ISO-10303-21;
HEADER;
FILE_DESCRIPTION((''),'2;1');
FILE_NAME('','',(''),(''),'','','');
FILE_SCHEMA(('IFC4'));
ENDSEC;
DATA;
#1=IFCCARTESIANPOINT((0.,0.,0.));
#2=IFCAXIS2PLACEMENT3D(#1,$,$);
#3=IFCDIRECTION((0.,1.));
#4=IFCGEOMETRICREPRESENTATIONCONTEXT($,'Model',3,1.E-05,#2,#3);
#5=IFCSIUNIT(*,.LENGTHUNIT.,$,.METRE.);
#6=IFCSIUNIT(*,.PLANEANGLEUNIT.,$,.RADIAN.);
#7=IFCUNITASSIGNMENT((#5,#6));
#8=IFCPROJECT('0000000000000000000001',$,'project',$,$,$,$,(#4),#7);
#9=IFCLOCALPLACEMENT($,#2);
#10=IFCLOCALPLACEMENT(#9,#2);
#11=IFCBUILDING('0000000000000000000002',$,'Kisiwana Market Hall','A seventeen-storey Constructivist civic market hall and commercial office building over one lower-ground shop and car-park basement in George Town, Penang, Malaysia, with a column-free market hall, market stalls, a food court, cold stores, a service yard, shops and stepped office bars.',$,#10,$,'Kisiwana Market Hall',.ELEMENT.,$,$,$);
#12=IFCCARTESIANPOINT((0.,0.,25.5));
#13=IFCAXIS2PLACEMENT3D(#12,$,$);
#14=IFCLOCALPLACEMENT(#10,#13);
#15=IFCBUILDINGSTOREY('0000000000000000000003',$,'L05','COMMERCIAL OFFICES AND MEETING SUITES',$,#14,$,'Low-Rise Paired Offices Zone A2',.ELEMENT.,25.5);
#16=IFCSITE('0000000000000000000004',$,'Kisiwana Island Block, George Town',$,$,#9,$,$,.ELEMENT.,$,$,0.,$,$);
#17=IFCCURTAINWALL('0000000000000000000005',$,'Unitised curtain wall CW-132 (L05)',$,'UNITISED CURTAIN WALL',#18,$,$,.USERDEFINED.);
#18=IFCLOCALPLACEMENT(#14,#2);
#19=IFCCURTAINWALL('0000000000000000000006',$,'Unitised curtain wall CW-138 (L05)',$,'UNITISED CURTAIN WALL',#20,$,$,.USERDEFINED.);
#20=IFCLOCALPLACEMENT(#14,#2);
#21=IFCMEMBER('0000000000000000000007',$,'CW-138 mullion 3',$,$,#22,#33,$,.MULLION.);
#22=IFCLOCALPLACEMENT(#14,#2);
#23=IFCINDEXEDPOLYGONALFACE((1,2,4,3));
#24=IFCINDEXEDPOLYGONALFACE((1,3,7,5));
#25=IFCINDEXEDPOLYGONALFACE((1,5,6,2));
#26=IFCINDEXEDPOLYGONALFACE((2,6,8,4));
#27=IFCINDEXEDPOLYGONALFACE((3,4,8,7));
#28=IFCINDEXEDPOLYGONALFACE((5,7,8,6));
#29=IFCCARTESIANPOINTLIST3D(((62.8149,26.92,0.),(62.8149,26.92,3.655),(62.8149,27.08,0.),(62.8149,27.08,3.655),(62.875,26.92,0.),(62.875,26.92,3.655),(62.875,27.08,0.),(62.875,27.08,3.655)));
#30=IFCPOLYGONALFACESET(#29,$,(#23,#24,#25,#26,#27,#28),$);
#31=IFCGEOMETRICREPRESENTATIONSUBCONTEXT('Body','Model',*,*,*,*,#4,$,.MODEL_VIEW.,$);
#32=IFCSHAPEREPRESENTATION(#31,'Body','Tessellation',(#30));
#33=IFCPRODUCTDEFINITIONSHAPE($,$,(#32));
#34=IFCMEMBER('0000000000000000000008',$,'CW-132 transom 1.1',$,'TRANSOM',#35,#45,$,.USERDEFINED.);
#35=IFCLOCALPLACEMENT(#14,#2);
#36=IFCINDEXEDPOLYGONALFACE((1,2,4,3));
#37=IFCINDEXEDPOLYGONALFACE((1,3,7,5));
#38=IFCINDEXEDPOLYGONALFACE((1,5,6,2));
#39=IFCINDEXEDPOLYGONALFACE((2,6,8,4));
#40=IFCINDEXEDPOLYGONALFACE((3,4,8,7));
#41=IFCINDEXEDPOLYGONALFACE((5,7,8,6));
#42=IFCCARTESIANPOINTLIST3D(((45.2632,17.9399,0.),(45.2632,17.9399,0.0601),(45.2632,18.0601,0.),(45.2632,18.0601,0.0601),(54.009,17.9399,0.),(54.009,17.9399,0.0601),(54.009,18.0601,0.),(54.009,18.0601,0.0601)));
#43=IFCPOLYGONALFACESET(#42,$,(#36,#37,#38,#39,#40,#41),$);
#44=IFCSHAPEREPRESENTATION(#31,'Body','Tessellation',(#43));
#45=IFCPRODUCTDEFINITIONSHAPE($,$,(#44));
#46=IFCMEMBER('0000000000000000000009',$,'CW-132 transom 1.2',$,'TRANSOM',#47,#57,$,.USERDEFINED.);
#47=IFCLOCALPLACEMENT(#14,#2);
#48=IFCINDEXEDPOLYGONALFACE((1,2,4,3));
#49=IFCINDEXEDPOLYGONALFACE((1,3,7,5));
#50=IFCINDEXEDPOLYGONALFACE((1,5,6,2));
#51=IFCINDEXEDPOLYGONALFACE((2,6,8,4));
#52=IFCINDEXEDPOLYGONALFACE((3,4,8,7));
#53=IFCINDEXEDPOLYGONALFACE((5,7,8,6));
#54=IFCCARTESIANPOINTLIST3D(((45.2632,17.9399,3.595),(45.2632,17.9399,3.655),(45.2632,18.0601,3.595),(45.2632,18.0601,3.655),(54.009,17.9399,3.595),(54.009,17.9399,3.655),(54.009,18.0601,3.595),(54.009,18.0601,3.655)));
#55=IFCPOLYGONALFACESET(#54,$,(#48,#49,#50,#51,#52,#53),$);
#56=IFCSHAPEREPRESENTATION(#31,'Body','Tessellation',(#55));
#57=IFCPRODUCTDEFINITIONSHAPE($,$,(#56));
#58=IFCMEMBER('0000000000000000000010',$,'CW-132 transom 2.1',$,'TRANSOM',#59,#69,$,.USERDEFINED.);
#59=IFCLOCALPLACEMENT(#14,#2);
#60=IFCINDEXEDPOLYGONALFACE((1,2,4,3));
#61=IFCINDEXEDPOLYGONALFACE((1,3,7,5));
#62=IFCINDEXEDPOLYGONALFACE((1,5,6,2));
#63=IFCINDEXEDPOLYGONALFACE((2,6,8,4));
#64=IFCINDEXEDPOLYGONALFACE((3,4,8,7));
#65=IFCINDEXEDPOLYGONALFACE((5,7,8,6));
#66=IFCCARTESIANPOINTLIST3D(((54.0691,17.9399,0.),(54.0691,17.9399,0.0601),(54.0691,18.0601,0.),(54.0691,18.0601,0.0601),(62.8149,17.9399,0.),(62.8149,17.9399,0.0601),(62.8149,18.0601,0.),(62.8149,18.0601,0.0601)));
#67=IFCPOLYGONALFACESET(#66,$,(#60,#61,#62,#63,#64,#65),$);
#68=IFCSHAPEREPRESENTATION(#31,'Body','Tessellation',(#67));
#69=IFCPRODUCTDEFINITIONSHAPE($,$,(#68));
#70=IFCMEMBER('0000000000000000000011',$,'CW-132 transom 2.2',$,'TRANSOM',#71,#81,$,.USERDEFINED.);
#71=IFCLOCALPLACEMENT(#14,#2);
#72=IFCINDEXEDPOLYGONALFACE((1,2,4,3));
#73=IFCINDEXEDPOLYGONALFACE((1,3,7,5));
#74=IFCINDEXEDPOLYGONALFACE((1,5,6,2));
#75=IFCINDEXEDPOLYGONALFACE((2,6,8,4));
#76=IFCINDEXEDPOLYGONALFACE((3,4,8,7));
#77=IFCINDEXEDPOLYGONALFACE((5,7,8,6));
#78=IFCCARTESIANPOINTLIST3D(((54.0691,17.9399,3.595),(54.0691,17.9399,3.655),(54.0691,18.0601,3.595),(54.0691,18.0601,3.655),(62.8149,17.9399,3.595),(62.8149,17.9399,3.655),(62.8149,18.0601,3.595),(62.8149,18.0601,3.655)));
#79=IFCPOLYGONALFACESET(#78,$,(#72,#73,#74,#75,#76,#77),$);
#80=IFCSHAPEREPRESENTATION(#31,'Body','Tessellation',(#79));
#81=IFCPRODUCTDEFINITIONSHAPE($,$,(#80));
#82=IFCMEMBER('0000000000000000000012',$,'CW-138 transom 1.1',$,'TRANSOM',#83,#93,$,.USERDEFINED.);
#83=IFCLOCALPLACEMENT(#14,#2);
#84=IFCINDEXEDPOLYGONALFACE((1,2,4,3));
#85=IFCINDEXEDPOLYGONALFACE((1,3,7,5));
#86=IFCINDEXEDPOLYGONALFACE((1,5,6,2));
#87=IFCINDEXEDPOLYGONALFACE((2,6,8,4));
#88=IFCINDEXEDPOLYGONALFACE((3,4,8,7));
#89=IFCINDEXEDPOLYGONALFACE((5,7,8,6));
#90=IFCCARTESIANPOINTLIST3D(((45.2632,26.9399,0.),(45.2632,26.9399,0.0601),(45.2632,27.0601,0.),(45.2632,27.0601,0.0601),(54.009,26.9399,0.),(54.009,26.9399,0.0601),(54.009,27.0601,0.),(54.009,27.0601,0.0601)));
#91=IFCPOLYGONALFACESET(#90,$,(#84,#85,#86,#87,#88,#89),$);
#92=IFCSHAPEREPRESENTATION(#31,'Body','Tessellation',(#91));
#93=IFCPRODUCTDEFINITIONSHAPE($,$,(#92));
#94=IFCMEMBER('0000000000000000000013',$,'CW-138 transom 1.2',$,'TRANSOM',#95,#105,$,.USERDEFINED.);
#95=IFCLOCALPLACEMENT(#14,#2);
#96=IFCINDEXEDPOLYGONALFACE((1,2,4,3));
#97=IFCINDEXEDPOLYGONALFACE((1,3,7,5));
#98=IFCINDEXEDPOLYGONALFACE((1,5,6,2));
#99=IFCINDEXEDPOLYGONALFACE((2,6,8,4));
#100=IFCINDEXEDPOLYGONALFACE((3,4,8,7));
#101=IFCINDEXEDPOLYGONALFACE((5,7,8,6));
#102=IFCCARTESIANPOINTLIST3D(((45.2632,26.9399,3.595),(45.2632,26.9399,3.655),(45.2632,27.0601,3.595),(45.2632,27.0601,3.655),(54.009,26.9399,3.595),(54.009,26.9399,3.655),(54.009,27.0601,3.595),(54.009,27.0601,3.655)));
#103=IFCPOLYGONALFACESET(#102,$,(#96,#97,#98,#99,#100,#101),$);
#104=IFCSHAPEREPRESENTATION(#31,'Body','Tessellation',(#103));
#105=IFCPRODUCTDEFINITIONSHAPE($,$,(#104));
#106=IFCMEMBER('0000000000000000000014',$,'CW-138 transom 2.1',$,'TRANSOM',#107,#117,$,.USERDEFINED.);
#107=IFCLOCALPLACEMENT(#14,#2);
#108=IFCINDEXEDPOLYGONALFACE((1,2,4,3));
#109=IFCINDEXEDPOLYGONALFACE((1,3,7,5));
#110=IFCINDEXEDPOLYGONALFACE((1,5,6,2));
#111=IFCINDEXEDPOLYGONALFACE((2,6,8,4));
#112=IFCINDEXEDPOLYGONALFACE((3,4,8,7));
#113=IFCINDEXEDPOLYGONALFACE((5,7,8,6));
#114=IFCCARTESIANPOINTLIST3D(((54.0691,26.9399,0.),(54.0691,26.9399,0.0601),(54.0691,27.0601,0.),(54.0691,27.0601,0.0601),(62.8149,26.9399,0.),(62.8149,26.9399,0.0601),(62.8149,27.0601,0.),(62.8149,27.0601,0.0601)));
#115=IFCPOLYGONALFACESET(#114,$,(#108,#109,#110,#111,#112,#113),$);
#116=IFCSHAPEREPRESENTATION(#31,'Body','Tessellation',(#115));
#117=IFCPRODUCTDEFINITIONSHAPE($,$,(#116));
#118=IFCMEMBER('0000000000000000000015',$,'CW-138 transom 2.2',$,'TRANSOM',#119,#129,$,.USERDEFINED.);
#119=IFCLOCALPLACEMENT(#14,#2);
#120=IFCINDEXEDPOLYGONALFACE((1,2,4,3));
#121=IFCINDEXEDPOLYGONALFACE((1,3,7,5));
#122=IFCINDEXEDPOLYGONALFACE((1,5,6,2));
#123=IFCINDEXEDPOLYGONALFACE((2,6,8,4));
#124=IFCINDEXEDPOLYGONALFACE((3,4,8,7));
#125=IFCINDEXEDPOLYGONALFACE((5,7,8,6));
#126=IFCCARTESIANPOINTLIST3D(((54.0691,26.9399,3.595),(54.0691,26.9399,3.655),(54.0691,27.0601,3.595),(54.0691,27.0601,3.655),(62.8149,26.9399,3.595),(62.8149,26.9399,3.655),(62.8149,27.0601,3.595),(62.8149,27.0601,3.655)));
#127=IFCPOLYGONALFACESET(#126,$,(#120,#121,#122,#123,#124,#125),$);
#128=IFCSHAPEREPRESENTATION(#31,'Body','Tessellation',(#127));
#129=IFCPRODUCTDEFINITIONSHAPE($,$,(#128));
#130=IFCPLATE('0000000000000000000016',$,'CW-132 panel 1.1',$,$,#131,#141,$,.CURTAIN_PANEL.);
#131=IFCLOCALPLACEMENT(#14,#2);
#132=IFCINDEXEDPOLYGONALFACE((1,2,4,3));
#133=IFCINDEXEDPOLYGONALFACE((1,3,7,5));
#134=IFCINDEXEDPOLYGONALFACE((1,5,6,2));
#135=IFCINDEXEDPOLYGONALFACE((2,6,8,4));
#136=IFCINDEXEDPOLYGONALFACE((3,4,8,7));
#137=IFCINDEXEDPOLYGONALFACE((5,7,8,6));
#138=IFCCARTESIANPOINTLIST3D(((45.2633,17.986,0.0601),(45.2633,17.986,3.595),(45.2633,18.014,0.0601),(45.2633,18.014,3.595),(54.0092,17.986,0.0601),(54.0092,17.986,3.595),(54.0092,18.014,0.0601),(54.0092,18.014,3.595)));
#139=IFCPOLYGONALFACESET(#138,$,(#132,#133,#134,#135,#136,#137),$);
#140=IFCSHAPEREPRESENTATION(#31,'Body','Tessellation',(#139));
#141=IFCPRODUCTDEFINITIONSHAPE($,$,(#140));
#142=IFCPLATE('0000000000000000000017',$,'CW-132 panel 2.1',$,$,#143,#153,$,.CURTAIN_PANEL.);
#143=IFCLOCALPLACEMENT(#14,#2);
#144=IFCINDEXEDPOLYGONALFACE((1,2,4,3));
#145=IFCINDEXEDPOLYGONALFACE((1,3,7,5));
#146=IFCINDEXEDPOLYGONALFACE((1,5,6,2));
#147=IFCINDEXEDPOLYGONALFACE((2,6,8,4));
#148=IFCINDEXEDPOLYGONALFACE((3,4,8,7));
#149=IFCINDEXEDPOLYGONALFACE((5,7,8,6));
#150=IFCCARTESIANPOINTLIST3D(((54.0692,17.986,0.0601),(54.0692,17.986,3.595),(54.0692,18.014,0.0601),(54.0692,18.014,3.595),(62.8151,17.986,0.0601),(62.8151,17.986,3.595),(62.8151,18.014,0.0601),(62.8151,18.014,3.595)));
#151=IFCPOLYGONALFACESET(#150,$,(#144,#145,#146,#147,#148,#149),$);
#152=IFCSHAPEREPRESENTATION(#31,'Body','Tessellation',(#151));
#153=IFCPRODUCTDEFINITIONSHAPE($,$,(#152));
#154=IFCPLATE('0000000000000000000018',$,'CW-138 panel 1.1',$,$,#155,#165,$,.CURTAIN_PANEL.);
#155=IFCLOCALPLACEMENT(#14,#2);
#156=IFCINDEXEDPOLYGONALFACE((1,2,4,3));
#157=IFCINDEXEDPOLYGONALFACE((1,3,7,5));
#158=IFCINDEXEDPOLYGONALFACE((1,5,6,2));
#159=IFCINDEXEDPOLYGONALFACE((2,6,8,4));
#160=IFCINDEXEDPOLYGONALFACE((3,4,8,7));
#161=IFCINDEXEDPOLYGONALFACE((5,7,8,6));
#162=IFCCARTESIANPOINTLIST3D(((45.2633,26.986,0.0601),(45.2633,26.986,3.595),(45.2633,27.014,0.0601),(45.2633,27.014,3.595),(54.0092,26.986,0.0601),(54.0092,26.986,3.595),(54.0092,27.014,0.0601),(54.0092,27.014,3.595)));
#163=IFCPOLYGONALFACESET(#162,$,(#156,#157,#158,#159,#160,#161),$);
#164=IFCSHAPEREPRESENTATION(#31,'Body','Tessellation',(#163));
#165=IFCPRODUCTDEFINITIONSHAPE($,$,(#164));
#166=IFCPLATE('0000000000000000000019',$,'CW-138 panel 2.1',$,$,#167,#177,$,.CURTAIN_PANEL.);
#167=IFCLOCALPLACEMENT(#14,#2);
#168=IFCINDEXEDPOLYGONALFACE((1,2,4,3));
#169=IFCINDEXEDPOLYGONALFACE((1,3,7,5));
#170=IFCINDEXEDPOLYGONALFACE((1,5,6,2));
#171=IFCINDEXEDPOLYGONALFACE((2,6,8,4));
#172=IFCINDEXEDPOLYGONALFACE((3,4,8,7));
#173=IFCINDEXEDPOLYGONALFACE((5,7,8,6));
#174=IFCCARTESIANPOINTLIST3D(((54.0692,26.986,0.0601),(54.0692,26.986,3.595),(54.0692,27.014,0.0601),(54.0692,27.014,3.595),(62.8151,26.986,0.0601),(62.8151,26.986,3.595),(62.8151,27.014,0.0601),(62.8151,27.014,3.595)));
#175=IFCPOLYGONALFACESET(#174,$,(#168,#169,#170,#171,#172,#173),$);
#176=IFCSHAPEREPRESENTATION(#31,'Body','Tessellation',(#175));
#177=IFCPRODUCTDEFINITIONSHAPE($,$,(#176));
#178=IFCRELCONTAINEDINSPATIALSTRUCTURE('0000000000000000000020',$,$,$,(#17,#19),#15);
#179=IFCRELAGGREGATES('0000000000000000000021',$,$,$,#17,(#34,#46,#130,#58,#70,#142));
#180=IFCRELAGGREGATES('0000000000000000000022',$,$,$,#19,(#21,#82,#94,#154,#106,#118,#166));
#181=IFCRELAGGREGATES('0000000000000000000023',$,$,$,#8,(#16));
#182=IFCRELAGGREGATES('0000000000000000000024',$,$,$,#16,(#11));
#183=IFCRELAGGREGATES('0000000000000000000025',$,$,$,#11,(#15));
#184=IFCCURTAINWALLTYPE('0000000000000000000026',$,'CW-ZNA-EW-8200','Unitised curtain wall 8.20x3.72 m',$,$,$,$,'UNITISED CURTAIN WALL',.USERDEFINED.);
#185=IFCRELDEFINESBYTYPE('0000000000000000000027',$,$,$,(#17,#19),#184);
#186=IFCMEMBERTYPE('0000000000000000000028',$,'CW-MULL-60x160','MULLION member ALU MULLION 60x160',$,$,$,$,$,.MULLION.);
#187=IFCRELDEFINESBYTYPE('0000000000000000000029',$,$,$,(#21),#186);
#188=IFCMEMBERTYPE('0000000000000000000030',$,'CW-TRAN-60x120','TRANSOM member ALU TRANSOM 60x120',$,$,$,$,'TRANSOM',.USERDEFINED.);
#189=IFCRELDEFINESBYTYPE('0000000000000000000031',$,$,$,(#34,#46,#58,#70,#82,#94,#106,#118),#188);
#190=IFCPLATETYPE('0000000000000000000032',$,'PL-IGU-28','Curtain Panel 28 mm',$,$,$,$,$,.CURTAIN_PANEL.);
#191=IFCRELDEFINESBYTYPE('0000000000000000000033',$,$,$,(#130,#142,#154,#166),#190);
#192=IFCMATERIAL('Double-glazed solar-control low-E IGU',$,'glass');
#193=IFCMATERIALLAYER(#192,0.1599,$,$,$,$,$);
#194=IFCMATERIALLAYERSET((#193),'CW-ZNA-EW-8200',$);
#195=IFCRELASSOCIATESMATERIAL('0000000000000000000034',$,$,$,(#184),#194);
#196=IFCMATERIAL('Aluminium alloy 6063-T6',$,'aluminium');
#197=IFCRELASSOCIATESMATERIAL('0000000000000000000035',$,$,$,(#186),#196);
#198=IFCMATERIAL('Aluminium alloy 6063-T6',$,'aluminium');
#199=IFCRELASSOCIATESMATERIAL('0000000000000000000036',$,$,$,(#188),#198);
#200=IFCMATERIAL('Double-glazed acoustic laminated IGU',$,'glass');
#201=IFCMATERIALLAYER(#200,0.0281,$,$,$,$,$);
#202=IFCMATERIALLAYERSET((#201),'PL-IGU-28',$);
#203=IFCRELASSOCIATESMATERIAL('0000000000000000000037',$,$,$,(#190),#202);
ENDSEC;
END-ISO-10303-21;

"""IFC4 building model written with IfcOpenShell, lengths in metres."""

from ifc_helpers import new_model, si_unit, direction, frame, origin, origin_2d, place, context, subcontext, project, spatial, rectangle, extrude, material, layer, layer_set, material_profile, profile_set, type_object, element, aggregate, save


model = new_model("IFC4")

# Units and contexts
model_context = context("Model", 3, precision=1e-05, world=origin(), true_north=direction((0.0, 1.0)))
body_context = subcontext(model_context, "Body", "Model", "MODEL_VIEW")
ifc_project = project(units=[si_unit("LENGTHUNIT", "METRE"), si_unit("PLANEANGLEUNIT", "RADIAN")], contexts=[model_context])

# Site, building, storey
site_placement = place(None, origin())
site = spatial("IfcSite", under=ifc_project, at=site_placement, Name="Kisiwana Island Block, George Town", CompositionType="ELEMENT", RefElevation=0.0)
building_placement = place(site_placement, origin())
building = spatial("IfcBuilding", under=site, at=building_placement, Name="Kisiwana Market Hall", Description="A seventeen-storey Constructivist civic market hall and commercial office building over one lower-ground shop and car-park basement in George Town, Penang, Malaysia, with a column-free market hall, market stalls, a food court, cold stores, a service yard, shops and stepped office bars.", LongName="Kisiwana Market Hall", CompositionType="ELEMENT")
storey_placement = place(building_placement, frame((0.0, 0.0, 25.5)))
storey = spatial("IfcBuildingStorey", under=building, at=storey_placement, Name="L05", Description="COMMERCIAL OFFICES AND MEETING SUITES", LongName="Low-Rise Paired Offices Zone A2", CompositionType="ELEMENT", Elevation=25.5)

# Curtain walls, member
ifc_material_1 = material(Name="Double-glazed solar-control low-E IGU", Category="glass")
ifc_layer_1 = layer(ifc_material_1, 0.1599)
ifc_layer_set_1 = layer_set([ifc_layer_1], Name="CW-ZNA-EW-8200")
curtain_wall_type = type_object("IfcCurtainWallType", Name="CW-ZNA-EW-8200", Description="Unitised curtain wall 8.20x3.72 m", ElementType="UNITISED CURTAIN WALL", PredefinedType="USERDEFINED", material=ifc_layer_set_1)
curtain_wall_1_placement = place(storey_placement, origin())
curtain_wall_1 = element("IfcCurtainWall", 1, at=curtain_wall_1_placement, inside=storey, type_object=curtain_wall_type, Name="Unitised curtain wall CW-132 (L05)", ObjectType="UNITISED CURTAIN WALL", PredefinedType="USERDEFINED")
ifc_material_2 = material(Name="Aluminium alloy 6063-T6", Category="aluminium")
ifc_material_profile_1 = material_profile(ifc_material_2, rectangle(XDim=0.0601, YDim=0.1599, at=origin_2d()), Name="ALU MULLION 60x160")
ifc_profile_set_1 = profile_set([ifc_material_profile_1], Name="Aluminium alloy 6063-T6")
member_type_1 = type_object("IfcMemberType", Name="CW-MULL-60x160", Description="MULLION member ALU MULLION 60x160", PredefinedType="MULLION", material=ifc_profile_set_1)
curtain_wall_2_placement = place(storey_placement, origin())
curtain_wall_2 = element("IfcCurtainWall", 2, at=curtain_wall_2_placement, inside=storey, type_object=curtain_wall_type, Name="Unitised curtain wall CW-138 (L05)", ObjectType="UNITISED CURTAIN WALL", PredefinedType="USERDEFINED")
member_1_placement = place(storey_placement, frame((62.845, 27.0, 0.0), z_axis=(0.0, 0.0, 1.0), x_axis=(1.0, 0.0, 0.0)))
member_1 = element("IfcMember", 3, at=member_1_placement, type_object=member_type_1, Name="CW-138 mullion 3", PredefinedType="MULLION", context=body_context, shape_type="SweptSolid", body=[
    extrude(rectangle(XDim=0.0601, YDim=0.1599, at=origin_2d()), origin(), (0.0, 0.0, 1.0), 3.655),
])

# Members
ifc_material_3 = material(Name="Aluminium alloy 6063-T6", Category="aluminium")
ifc_material_profile_2 = material_profile(ifc_material_3, rectangle(XDim=0.1201, YDim=0.0601, at=origin_2d()), Name="ALU TRANSOM 60x120")
ifc_profile_set_2 = profile_set([ifc_material_profile_2], Name="Aluminium alloy 6063-T6")
member_type_2 = type_object("IfcMemberType", Name="CW-TRAN-60x120", Description="TRANSOM member ALU TRANSOM 60x120", ElementType="TRANSOM", PredefinedType="USERDEFINED", material=ifc_profile_set_2)
member_2_placement = place(storey_placement, frame((45.2632, 18.0, 0.03), z_axis=(1.0, 0.0, 0.0), x_axis=(0.0, 1.0, 0.0)))
member_2 = element("IfcMember", 4, at=member_2_placement, type_object=member_type_2, Name="CW-132 transom 1.1", ObjectType="TRANSOM", PredefinedType="USERDEFINED", context=body_context, shape_type="SweptSolid", body=[
    extrude(rectangle(XDim=0.1201, YDim=0.0601, at=origin_2d()), origin(), (0.0, 0.0, 1.0), 8.7458),
])
member_3_placement = place(storey_placement, frame((45.2632, 18.0, 3.625), z_axis=(1.0, 0.0, 0.0), x_axis=(0.0, 1.0, 0.0)))
member_3 = element("IfcMember", 5, at=member_3_placement, type_object=member_type_2, Name="CW-132 transom 1.2", ObjectType="TRANSOM", PredefinedType="USERDEFINED", context=body_context, shape_type="SweptSolid", body=[
    extrude(rectangle(XDim=0.1201, YDim=0.0601, at=origin_2d()), origin(), (0.0, 0.0, 1.0), 8.7458),
])
member_4_placement = place(storey_placement, frame((54.0691, 18.0, 0.03), z_axis=(1.0, 0.0, 0.0), x_axis=(0.0, 1.0, 0.0)))
member_4 = element("IfcMember", 6, at=member_4_placement, type_object=member_type_2, Name="CW-132 transom 2.1", ObjectType="TRANSOM", PredefinedType="USERDEFINED", context=body_context, shape_type="SweptSolid", body=[
    extrude(rectangle(XDim=0.1201, YDim=0.0601, at=origin_2d()), origin(), (0.0, 0.0, 1.0), 8.7458),
])
member_5_placement = place(storey_placement, frame((54.0691, 18.0, 3.625), z_axis=(1.0, 0.0, 0.0), x_axis=(0.0, 1.0, 0.0)))
member_5 = element("IfcMember", 7, at=member_5_placement, type_object=member_type_2, Name="CW-132 transom 2.2", ObjectType="TRANSOM", PredefinedType="USERDEFINED", context=body_context, shape_type="SweptSolid", body=[
    extrude(rectangle(XDim=0.1201, YDim=0.0601, at=origin_2d()), origin(), (0.0, 0.0, 1.0), 8.7458),
])
member_6_placement = place(storey_placement, frame((45.2632, 27.0, 0.03), z_axis=(1.0, 0.0, 0.0), x_axis=(0.0, 1.0, 0.0)))
member_6 = element("IfcMember", 8, at=member_6_placement, type_object=member_type_2, Name="CW-138 transom 1.1", ObjectType="TRANSOM", PredefinedType="USERDEFINED", context=body_context, shape_type="SweptSolid", body=[
    extrude(rectangle(XDim=0.1201, YDim=0.0601, at=origin_2d()), origin(), (0.0, 0.0, 1.0), 8.7458),
])
member_7_placement = place(storey_placement, frame((45.2632, 27.0, 3.625), z_axis=(1.0, 0.0, 0.0), x_axis=(0.0, 1.0, 0.0)))
member_7 = element("IfcMember", 9, at=member_7_placement, type_object=member_type_2, Name="CW-138 transom 1.2", ObjectType="TRANSOM", PredefinedType="USERDEFINED", context=body_context, shape_type="SweptSolid", body=[
    extrude(rectangle(XDim=0.1201, YDim=0.0601, at=origin_2d()), origin(), (0.0, 0.0, 1.0), 8.7458),
])
member_8_placement = place(storey_placement, frame((54.0691, 27.0, 0.03), z_axis=(1.0, 0.0, 0.0), x_axis=(0.0, 1.0, 0.0)))
member_8 = element("IfcMember", 10, at=member_8_placement, type_object=member_type_2, Name="CW-138 transom 2.1", ObjectType="TRANSOM", PredefinedType="USERDEFINED", context=body_context, shape_type="SweptSolid", body=[
    extrude(rectangle(XDim=0.1201, YDim=0.0601, at=origin_2d()), origin(), (0.0, 0.0, 1.0), 8.7458),
])
member_9_placement = place(storey_placement, frame((54.0691, 27.0, 3.625), z_axis=(1.0, 0.0, 0.0), x_axis=(0.0, 1.0, 0.0)))
member_9 = element("IfcMember", 11, at=member_9_placement, type_object=member_type_2, Name="CW-138 transom 2.2", ObjectType="TRANSOM", PredefinedType="USERDEFINED", context=body_context, shape_type="SweptSolid", body=[
    extrude(rectangle(XDim=0.1201, YDim=0.0601, at=origin_2d()), origin(), (0.0, 0.0, 1.0), 8.7458),
])

# Plates
ifc_material_4 = material(Name="Double-glazed acoustic laminated IGU", Category="glass")
ifc_layer_2 = layer(ifc_material_4, 0.0281)
ifc_layer_set_2 = layer_set([ifc_layer_2], Name="PL-IGU-28")
plate_type = type_object("IfcPlateType", Name="PL-IGU-28", Description="Curtain Panel 28 mm", PredefinedType="CURTAIN_PANEL", material=ifc_layer_set_2)
plate_1_placement = place(storey_placement, frame((49.6362, 18.0, 0.0601), z_axis=(0.0, 0.0, 1.0), x_axis=(1.0, 0.0, 0.0)))
plate_1 = element("IfcPlate", 12, at=plate_1_placement, type_object=plate_type, Name="CW-132 panel 1.1", PredefinedType="CURTAIN_PANEL", context=body_context, shape_type="SweptSolid", body=[
    extrude(rectangle(XDim=8.7458, YDim=0.0281, at=origin_2d()), origin(), (0.0, 0.0, 1.0), 3.5349),
])
plate_2_placement = place(storey_placement, frame((58.4421, 18.0, 0.0601), z_axis=(0.0, 0.0, 1.0), x_axis=(1.0, 0.0, 0.0)))
plate_2 = element("IfcPlate", 13, at=plate_2_placement, type_object=plate_type, Name="CW-132 panel 2.1", PredefinedType="CURTAIN_PANEL", context=body_context, shape_type="SweptSolid", body=[
    extrude(rectangle(XDim=8.7458, YDim=0.0281, at=origin_2d()), origin(), (0.0, 0.0, 1.0), 3.5349),
])
aggregate(curtain_wall_1, [member_2, member_3, plate_1, member_4, member_5, plate_2])
plate_3_placement = place(storey_placement, frame((49.6362, 27.0, 0.0601), z_axis=(0.0, 0.0, 1.0), x_axis=(1.0, 0.0, 0.0)))
plate_3 = element("IfcPlate", 14, at=plate_3_placement, type_object=plate_type, Name="CW-138 panel 1.1", PredefinedType="CURTAIN_PANEL", context=body_context, shape_type="SweptSolid", body=[
    extrude(rectangle(XDim=8.7458, YDim=0.0281, at=origin_2d()), origin(), (0.0, 0.0, 1.0), 3.5349),
])
plate_4_placement = place(storey_placement, frame((58.4421, 27.0, 0.0601), z_axis=(0.0, 0.0, 1.0), x_axis=(1.0, 0.0, 0.0)))
plate_4 = element("IfcPlate", 15, at=plate_4_placement, type_object=plate_type, Name="CW-138 panel 2.1", PredefinedType="CURTAIN_PANEL", context=body_context, shape_type="SweptSolid", body=[
    extrude(rectangle(XDim=8.7458, YDim=0.0281, at=origin_2d()), origin(), (0.0, 0.0, 1.0), 3.5349),
])
aggregate(curtain_wall_2, [member_1, member_6, member_7, plate_3, member_8, member_9, plate_4])

save(model, "model.ifc")
